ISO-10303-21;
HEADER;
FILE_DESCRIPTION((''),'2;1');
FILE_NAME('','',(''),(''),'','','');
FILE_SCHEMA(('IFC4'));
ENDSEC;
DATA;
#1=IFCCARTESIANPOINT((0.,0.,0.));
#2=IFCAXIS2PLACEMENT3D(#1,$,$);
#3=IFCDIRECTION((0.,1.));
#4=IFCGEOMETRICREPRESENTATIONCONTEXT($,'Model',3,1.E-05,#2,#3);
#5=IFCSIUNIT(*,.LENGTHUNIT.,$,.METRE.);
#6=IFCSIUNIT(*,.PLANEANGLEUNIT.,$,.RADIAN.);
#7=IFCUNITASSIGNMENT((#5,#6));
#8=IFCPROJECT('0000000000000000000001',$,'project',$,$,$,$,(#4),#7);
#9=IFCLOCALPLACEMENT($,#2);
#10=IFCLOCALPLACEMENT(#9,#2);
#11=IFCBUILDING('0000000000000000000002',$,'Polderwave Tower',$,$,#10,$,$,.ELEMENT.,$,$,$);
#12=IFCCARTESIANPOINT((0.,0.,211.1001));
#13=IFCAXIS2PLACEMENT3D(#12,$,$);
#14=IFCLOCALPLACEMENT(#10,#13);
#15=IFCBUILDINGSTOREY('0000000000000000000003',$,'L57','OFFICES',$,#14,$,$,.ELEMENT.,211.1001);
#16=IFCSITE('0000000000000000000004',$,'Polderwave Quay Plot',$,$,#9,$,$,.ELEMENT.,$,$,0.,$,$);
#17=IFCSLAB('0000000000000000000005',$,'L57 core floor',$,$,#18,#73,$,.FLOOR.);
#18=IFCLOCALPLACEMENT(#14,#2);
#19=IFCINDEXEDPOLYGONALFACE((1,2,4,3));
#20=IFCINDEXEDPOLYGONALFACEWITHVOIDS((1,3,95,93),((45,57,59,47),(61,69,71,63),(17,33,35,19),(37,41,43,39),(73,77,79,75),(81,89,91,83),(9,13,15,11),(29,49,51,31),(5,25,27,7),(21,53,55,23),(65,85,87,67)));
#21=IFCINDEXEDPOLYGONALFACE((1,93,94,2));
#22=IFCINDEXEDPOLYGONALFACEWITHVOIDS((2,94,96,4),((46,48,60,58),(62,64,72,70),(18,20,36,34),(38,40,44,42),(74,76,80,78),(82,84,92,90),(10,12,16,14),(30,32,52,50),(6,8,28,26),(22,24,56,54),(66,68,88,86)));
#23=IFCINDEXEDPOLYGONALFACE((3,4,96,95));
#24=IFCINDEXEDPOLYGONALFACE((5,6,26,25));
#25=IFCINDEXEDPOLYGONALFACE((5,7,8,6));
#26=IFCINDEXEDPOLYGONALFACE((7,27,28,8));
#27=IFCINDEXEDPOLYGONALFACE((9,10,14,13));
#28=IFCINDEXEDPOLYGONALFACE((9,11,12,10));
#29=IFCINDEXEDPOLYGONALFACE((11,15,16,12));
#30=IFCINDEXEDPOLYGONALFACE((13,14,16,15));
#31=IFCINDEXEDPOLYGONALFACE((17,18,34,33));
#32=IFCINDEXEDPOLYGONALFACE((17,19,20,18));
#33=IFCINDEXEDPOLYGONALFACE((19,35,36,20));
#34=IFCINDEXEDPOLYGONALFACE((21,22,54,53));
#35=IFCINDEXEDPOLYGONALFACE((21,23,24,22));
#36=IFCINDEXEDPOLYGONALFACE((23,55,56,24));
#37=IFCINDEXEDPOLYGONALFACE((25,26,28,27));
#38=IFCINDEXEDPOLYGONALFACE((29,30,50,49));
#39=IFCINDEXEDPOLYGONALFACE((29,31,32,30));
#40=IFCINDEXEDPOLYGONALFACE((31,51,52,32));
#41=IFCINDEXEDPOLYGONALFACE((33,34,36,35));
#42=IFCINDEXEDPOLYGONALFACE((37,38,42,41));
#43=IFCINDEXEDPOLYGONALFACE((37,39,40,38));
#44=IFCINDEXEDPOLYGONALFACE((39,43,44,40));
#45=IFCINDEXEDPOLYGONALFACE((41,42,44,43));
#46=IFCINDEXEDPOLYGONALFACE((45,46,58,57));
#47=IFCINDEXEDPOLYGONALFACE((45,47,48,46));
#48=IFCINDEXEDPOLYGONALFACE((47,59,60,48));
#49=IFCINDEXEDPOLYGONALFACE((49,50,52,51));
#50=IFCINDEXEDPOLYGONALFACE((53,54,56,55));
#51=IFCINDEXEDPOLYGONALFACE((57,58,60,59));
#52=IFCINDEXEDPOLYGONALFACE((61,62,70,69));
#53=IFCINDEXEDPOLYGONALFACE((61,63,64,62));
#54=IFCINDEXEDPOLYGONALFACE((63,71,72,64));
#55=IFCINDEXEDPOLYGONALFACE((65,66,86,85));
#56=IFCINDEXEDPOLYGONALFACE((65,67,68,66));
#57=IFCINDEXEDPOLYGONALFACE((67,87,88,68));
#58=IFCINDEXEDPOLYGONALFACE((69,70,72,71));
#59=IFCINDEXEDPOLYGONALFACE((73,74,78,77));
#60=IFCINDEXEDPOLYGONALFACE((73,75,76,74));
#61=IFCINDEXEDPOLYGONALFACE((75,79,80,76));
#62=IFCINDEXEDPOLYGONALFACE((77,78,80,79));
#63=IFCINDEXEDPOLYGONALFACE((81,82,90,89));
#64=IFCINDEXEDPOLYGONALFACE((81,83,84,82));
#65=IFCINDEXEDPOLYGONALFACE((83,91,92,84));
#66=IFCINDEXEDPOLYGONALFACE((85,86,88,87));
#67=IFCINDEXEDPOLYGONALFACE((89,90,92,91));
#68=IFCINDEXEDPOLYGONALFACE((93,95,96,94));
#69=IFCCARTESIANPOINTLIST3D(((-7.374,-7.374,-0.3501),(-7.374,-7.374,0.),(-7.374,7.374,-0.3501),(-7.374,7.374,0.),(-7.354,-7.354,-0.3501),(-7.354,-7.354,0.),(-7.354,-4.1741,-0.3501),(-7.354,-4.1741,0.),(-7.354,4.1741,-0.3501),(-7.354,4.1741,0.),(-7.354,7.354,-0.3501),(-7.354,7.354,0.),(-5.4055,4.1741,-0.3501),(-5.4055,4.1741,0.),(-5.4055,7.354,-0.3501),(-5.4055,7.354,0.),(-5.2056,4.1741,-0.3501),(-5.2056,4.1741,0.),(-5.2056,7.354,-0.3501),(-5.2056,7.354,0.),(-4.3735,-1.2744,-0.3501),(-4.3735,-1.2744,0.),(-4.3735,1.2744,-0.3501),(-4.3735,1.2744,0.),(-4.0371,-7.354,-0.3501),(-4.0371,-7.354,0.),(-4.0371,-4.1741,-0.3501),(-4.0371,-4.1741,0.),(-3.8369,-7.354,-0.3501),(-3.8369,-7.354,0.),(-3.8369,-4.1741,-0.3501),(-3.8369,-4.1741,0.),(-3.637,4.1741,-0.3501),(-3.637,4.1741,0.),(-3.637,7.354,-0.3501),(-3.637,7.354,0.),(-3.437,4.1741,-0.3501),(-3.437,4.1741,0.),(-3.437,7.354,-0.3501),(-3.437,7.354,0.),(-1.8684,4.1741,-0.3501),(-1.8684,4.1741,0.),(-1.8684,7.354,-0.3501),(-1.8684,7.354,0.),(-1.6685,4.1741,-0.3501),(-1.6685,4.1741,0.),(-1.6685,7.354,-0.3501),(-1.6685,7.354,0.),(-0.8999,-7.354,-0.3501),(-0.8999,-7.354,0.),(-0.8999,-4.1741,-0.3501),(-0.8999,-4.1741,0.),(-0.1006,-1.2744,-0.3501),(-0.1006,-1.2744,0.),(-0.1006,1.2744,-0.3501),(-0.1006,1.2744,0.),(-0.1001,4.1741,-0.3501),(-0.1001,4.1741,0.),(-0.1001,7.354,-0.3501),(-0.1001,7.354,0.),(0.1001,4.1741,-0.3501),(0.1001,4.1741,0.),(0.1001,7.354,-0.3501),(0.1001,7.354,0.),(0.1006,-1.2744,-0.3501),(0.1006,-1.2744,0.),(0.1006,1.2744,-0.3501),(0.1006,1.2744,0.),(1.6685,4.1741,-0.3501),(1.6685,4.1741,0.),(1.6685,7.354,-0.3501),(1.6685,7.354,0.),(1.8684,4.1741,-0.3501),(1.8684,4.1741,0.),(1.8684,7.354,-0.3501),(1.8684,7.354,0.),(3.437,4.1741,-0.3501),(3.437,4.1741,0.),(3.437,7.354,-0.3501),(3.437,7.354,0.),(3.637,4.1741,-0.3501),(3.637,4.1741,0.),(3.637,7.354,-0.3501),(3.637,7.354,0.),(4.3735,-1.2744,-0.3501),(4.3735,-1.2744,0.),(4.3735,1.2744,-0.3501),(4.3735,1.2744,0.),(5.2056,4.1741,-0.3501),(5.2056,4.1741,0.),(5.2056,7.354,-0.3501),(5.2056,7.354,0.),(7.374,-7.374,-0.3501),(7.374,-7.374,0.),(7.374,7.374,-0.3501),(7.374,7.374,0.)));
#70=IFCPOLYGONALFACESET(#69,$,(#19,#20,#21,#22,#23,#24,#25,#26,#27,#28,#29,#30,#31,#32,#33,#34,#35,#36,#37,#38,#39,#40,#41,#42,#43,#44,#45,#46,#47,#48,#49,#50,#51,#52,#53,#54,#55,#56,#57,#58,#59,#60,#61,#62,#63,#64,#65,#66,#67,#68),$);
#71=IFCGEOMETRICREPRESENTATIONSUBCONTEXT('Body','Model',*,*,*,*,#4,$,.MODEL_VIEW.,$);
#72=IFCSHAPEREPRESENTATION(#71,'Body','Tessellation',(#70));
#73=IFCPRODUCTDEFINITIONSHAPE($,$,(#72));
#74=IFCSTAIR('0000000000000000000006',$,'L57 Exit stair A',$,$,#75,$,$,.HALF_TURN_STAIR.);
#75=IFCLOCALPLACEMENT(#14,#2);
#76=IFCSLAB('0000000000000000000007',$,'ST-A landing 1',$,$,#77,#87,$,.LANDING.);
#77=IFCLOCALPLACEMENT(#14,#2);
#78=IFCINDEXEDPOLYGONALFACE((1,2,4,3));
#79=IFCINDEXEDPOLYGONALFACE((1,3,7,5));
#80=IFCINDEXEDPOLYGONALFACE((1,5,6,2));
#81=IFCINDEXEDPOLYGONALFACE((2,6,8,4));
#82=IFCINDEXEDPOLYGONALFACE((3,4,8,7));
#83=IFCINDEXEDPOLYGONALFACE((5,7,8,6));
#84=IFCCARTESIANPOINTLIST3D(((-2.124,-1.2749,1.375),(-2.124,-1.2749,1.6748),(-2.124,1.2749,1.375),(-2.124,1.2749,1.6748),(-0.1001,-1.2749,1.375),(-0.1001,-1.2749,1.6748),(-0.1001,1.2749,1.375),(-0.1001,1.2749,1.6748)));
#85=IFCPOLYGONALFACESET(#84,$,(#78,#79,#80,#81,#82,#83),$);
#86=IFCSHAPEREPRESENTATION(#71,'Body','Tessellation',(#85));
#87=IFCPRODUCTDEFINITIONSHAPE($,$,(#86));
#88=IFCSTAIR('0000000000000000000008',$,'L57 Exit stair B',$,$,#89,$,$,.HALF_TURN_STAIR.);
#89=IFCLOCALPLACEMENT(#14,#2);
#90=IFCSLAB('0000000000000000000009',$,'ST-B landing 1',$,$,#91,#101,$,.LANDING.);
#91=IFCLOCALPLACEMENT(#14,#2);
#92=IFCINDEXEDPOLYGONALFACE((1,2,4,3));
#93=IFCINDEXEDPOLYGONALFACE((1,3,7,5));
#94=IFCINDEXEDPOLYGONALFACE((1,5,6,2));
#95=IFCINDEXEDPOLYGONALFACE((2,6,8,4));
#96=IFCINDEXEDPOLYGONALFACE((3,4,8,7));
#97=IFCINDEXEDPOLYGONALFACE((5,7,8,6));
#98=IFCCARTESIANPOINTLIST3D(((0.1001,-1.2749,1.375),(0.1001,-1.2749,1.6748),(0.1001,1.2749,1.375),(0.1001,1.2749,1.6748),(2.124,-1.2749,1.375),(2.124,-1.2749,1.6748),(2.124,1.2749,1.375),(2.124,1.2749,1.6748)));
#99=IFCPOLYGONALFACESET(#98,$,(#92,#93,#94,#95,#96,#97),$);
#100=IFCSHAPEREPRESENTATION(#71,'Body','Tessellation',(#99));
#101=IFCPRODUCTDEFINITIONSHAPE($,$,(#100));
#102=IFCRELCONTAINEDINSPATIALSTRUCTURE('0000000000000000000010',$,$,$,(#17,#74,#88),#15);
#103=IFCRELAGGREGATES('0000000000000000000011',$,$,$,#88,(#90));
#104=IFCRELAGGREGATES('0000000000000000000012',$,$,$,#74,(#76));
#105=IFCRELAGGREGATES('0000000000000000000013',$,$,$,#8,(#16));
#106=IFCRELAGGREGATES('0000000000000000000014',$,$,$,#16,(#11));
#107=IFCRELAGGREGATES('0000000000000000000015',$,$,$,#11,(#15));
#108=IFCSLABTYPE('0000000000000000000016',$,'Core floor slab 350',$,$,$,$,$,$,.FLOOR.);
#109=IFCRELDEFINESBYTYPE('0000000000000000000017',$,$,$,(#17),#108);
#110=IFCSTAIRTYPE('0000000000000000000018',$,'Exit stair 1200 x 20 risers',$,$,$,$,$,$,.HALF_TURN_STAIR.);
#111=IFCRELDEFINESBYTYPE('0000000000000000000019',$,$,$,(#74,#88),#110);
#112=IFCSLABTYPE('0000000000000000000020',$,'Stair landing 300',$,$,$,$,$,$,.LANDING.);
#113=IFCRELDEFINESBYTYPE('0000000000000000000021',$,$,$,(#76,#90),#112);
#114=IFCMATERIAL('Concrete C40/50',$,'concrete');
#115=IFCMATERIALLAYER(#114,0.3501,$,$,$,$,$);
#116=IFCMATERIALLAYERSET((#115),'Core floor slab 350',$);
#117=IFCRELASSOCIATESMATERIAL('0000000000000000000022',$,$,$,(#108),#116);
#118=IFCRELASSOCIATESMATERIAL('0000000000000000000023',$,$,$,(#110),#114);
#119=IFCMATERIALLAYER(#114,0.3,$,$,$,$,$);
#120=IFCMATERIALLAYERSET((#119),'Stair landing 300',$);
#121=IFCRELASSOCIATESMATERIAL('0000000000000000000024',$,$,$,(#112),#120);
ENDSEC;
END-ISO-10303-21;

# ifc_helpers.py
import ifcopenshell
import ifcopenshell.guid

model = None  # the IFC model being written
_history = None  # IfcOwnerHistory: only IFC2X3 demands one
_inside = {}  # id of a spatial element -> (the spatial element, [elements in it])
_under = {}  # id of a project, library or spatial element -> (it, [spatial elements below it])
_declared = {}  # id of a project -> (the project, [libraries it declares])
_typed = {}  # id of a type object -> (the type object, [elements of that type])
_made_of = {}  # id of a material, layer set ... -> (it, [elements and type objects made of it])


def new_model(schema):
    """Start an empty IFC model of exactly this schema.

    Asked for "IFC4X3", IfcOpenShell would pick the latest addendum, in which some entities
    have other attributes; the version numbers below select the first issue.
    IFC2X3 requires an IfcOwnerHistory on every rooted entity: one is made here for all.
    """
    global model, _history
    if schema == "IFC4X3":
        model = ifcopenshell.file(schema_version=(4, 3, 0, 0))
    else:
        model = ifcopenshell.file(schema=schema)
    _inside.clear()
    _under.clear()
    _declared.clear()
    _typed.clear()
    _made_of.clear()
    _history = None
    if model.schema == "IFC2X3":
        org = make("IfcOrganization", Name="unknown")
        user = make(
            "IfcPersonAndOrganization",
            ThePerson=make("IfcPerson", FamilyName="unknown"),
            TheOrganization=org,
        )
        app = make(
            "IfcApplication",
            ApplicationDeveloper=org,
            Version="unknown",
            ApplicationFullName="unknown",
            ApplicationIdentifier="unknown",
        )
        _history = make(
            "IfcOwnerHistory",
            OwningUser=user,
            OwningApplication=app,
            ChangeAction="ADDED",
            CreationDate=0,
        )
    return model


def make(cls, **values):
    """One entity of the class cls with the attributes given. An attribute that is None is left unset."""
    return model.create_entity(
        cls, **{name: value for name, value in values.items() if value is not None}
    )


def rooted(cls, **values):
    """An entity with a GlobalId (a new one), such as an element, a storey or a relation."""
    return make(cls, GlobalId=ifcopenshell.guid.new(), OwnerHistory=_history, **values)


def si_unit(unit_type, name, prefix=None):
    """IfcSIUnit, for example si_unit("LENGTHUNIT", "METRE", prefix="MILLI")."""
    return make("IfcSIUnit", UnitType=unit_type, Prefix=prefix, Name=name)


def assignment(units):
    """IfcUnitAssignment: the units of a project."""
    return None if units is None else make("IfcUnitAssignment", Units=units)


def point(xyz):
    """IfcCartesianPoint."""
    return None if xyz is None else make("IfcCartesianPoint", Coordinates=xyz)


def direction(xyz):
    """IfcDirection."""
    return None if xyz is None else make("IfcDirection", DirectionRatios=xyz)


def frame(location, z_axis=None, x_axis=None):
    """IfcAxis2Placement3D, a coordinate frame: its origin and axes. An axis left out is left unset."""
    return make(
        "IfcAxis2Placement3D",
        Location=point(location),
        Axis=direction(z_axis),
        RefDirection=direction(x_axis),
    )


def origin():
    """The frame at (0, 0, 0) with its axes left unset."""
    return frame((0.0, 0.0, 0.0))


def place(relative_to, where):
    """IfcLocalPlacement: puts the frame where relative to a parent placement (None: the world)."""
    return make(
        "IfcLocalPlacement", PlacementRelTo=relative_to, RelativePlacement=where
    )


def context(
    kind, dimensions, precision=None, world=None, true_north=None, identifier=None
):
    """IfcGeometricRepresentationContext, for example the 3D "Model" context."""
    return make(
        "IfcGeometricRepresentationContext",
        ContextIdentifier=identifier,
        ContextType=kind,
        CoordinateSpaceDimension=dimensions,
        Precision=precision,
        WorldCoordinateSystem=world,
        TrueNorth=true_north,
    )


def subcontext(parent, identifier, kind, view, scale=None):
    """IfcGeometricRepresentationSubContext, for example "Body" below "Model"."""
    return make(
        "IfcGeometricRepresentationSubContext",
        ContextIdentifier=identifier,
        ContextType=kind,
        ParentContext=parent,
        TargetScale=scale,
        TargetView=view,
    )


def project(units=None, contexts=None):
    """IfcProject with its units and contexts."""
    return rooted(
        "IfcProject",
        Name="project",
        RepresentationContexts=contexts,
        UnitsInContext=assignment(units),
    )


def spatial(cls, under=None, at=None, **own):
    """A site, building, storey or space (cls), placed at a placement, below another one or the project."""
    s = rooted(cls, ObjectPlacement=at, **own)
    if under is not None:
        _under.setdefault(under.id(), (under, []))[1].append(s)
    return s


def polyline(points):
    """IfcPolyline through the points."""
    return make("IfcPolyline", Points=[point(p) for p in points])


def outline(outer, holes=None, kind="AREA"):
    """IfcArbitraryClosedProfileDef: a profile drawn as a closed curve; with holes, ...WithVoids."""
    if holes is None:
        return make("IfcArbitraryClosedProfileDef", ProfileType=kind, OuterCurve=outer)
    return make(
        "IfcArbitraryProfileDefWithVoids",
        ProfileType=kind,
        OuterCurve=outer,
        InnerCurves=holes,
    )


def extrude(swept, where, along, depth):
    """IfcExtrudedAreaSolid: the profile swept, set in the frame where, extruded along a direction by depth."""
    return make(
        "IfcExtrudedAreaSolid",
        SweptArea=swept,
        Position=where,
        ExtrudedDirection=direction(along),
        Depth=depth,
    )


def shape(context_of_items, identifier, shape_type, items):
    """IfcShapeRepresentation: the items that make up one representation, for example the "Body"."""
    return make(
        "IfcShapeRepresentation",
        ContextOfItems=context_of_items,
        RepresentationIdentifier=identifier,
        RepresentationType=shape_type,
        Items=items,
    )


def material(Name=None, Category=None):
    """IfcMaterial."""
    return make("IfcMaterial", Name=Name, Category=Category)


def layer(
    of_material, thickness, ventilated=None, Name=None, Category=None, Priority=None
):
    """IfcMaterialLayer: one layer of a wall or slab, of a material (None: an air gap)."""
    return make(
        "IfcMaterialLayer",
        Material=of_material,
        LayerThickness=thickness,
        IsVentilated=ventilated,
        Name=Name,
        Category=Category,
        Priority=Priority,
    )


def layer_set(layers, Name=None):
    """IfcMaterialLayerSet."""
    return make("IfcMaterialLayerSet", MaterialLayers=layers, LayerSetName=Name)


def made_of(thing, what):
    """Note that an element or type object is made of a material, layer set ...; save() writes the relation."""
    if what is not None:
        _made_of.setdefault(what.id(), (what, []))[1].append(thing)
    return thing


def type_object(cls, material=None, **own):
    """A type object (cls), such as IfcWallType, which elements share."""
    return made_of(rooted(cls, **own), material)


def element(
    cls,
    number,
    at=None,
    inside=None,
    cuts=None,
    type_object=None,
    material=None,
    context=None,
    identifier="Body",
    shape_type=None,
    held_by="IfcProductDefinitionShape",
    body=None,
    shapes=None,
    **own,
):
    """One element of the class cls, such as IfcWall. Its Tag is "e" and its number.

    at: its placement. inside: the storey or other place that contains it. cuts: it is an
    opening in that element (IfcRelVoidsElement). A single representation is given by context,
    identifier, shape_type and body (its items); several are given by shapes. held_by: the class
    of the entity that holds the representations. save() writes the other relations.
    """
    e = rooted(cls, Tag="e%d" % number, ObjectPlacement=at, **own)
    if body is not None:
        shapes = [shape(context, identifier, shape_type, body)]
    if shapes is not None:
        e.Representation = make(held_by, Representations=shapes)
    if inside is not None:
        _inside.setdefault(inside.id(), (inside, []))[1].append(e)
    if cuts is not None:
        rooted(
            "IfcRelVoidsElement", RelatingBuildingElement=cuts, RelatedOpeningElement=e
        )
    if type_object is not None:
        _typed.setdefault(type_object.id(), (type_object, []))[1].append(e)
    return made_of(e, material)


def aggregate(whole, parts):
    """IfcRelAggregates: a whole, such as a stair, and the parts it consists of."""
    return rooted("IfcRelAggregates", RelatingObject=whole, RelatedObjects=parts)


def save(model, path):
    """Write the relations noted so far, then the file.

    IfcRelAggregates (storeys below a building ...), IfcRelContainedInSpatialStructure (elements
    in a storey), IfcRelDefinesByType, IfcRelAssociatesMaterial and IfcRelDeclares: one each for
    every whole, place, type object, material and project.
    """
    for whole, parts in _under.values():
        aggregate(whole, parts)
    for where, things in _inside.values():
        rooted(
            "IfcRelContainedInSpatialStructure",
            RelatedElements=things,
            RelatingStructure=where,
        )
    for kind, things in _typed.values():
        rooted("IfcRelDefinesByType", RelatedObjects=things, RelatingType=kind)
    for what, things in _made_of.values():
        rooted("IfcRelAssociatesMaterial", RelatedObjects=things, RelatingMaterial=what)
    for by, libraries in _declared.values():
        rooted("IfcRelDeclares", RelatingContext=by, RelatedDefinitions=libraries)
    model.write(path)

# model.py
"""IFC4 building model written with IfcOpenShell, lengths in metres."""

from ifc_helpers import new_model, si_unit, direction, frame, origin, place, context, subcontext, project, spatial, polyline, outline, extrude, material, layer, layer_set, type_object, element, aggregate, save


model = new_model("IFC4")

# Units and contexts
model_context = context("Model", 3, precision=1e-05, world=origin(), true_north=direction((0.0, 1.0)))
body_context = subcontext(model_context, "Body", "Model", "MODEL_VIEW")
ifc_project = project(units=[si_unit("LENGTHUNIT", "METRE"), si_unit("PLANEANGLEUNIT", "RADIAN")], contexts=[model_context])

# Site, building, storey
site_placement = place(None, origin())
site = spatial("IfcSite", under=ifc_project, at=site_placement, Name="Polderwave Quay Plot", CompositionType="ELEMENT", RefElevation=0.0)
building_placement = place(site_placement, origin())
building = spatial("IfcBuilding", under=site, at=building_placement, Name="Polderwave Tower", CompositionType="ELEMENT")
storey_placement = place(building_placement, frame((0.0, 0.0, 211.1001)))
storey = spatial("IfcBuildingStorey", under=building, at=storey_placement, Name="L57", Description="OFFICES", CompositionType="ELEMENT", Elevation=211.1001)

# Slab
ifc_material_1 = material(Name="Concrete C40/50", Category="concrete")
ifc_layer_1 = layer(ifc_material_1, 0.3501)
ifc_layer_set_1 = layer_set([ifc_layer_1], Name="Core floor slab 350")
slab_type_1 = type_object("IfcSlabType", Name="Core floor slab 350", PredefinedType="FLOOR", material=ifc_layer_set_1)
slab_1_placement = place(storey_placement, frame((0.0, 0.0, -0.3501)))
element("IfcSlab", 1, at=slab_1_placement, inside=storey, type_object=slab_type_1, Name="L57 core floor", PredefinedType="FLOOR", context=body_context, shape_type="SweptSolid", body=[
    extrude(outline(polyline([(-7.374, -7.374), (7.374, -7.374), (7.374, 7.374), (-7.374, 7.374), (-7.374, -7.374)]), holes=[polyline([(-7.354, -7.354), (-4.0371, -7.354), (-4.0371, -4.1741), (-7.354, -4.1741), (-7.354, -7.354)]), polyline([(-3.8369, -7.354), (-0.8999, -7.354), (-0.8999, -4.1741), (-3.8369, -4.1741), (-3.8369, -7.354)]), polyline([(-7.354, 4.1741), (-5.4055, 4.1741), (-5.4055, 7.354), (-7.354, 7.354), (-7.354, 4.1741)]), polyline([(-5.2056, 4.1741), (-3.637, 4.1741), (-3.637, 7.354), (-5.2056, 7.354), (-5.2056, 4.1741)]), polyline([(-3.437, 4.1741), (-1.8684, 4.1741), (-1.8684, 7.354), (-3.437, 7.354), (-3.437, 4.1741)]), polyline([(-1.6685, 4.1741), (-0.1001, 4.1741), (-0.1001, 7.354), (-1.6685, 7.354), (-1.6685, 4.1741)]), polyline([(0.1001, 4.1741), (1.6685, 4.1741), (1.6685, 7.354), (0.1001, 7.354), (0.1001, 4.1741)]), polyline([(1.8684, 4.1741), (3.437, 4.1741), (3.437, 7.354), (1.8684, 7.354), (1.8684, 4.1741)]), polyline([(3.637, 4.1741), (5.2056, 4.1741), (5.2056, 7.354), (3.637, 7.354), (3.637, 4.1741)]), polyline([(-4.3735, -1.2744), (-0.1006, -1.2744), (-0.1006, 1.2744), (-4.3735, 1.2744), (-4.3735, -1.2744)]), polyline([(0.1006, -1.2744), (4.3735, -1.2744), (4.3735, 1.2744), (0.1006, 1.2744), (0.1006, -1.2744)])]), origin(), (0.0, 0.0, 1.0), 0.3501),
])

# Stairs, slabs
stair_type = type_object("IfcStairType", Name="Exit stair 1200 x 20 risers", PredefinedType="HALF_TURN_STAIR", material=ifc_material_1)
stair_1_placement = place(storey_placement, origin())
stair_1 = element("IfcStair", 2, at=stair_1_placement, inside=storey, type_object=stair_type, Name="L57 Exit stair A", PredefinedType="HALF_TURN_STAIR")
ifc_layer_2 = layer(ifc_material_1, 0.3)
ifc_layer_set_2 = layer_set([ifc_layer_2], Name="Stair landing 300")
slab_type_2 = type_object("IfcSlabType", Name="Stair landing 300", PredefinedType="LANDING", material=ifc_layer_set_2)
slab_2_placement = place(storey_placement, frame((0.0, 0.0, 1.375)))
slab_2 = element("IfcSlab", 3, at=slab_2_placement, type_object=slab_type_2, Name="ST-A landing 1", PredefinedType="LANDING", context=body_context, shape_type="SweptSolid", body=[
    extrude(outline(polyline([(-2.124, -1.2749), (-0.1001, -1.2749), (-0.1001, 1.2749), (-2.124, 1.2749), (-2.124, -1.2749)])), origin(), (0.0, 0.0, 1.0), 0.2998),
])
stair_2_placement = place(storey_placement, origin())
stair_2 = element("IfcStair", 4, at=stair_2_placement, inside=storey, type_object=stair_type, Name="L57 Exit stair B", PredefinedType="HALF_TURN_STAIR")
slab_3_placement = place(storey_placement, frame((0.0, 0.0, 1.375)))
slab_3 = element("IfcSlab", 5, at=slab_3_placement, type_object=slab_type_2, Name="ST-B landing 1", PredefinedType="LANDING", context=body_context, shape_type="SweptSolid", body=[
    extrude(outline(polyline([(2.124, 1.2749), (0.1001, 1.2749), (0.1001, -1.2749), (2.124, -1.2749), (2.124, 1.2749)])), origin(), (0.0, 0.0, 1.0), 0.2998),
])
aggregate(stair_2, [slab_3])

aggregate(stair_1, [slab_2])

save(model, "model.ifc")
